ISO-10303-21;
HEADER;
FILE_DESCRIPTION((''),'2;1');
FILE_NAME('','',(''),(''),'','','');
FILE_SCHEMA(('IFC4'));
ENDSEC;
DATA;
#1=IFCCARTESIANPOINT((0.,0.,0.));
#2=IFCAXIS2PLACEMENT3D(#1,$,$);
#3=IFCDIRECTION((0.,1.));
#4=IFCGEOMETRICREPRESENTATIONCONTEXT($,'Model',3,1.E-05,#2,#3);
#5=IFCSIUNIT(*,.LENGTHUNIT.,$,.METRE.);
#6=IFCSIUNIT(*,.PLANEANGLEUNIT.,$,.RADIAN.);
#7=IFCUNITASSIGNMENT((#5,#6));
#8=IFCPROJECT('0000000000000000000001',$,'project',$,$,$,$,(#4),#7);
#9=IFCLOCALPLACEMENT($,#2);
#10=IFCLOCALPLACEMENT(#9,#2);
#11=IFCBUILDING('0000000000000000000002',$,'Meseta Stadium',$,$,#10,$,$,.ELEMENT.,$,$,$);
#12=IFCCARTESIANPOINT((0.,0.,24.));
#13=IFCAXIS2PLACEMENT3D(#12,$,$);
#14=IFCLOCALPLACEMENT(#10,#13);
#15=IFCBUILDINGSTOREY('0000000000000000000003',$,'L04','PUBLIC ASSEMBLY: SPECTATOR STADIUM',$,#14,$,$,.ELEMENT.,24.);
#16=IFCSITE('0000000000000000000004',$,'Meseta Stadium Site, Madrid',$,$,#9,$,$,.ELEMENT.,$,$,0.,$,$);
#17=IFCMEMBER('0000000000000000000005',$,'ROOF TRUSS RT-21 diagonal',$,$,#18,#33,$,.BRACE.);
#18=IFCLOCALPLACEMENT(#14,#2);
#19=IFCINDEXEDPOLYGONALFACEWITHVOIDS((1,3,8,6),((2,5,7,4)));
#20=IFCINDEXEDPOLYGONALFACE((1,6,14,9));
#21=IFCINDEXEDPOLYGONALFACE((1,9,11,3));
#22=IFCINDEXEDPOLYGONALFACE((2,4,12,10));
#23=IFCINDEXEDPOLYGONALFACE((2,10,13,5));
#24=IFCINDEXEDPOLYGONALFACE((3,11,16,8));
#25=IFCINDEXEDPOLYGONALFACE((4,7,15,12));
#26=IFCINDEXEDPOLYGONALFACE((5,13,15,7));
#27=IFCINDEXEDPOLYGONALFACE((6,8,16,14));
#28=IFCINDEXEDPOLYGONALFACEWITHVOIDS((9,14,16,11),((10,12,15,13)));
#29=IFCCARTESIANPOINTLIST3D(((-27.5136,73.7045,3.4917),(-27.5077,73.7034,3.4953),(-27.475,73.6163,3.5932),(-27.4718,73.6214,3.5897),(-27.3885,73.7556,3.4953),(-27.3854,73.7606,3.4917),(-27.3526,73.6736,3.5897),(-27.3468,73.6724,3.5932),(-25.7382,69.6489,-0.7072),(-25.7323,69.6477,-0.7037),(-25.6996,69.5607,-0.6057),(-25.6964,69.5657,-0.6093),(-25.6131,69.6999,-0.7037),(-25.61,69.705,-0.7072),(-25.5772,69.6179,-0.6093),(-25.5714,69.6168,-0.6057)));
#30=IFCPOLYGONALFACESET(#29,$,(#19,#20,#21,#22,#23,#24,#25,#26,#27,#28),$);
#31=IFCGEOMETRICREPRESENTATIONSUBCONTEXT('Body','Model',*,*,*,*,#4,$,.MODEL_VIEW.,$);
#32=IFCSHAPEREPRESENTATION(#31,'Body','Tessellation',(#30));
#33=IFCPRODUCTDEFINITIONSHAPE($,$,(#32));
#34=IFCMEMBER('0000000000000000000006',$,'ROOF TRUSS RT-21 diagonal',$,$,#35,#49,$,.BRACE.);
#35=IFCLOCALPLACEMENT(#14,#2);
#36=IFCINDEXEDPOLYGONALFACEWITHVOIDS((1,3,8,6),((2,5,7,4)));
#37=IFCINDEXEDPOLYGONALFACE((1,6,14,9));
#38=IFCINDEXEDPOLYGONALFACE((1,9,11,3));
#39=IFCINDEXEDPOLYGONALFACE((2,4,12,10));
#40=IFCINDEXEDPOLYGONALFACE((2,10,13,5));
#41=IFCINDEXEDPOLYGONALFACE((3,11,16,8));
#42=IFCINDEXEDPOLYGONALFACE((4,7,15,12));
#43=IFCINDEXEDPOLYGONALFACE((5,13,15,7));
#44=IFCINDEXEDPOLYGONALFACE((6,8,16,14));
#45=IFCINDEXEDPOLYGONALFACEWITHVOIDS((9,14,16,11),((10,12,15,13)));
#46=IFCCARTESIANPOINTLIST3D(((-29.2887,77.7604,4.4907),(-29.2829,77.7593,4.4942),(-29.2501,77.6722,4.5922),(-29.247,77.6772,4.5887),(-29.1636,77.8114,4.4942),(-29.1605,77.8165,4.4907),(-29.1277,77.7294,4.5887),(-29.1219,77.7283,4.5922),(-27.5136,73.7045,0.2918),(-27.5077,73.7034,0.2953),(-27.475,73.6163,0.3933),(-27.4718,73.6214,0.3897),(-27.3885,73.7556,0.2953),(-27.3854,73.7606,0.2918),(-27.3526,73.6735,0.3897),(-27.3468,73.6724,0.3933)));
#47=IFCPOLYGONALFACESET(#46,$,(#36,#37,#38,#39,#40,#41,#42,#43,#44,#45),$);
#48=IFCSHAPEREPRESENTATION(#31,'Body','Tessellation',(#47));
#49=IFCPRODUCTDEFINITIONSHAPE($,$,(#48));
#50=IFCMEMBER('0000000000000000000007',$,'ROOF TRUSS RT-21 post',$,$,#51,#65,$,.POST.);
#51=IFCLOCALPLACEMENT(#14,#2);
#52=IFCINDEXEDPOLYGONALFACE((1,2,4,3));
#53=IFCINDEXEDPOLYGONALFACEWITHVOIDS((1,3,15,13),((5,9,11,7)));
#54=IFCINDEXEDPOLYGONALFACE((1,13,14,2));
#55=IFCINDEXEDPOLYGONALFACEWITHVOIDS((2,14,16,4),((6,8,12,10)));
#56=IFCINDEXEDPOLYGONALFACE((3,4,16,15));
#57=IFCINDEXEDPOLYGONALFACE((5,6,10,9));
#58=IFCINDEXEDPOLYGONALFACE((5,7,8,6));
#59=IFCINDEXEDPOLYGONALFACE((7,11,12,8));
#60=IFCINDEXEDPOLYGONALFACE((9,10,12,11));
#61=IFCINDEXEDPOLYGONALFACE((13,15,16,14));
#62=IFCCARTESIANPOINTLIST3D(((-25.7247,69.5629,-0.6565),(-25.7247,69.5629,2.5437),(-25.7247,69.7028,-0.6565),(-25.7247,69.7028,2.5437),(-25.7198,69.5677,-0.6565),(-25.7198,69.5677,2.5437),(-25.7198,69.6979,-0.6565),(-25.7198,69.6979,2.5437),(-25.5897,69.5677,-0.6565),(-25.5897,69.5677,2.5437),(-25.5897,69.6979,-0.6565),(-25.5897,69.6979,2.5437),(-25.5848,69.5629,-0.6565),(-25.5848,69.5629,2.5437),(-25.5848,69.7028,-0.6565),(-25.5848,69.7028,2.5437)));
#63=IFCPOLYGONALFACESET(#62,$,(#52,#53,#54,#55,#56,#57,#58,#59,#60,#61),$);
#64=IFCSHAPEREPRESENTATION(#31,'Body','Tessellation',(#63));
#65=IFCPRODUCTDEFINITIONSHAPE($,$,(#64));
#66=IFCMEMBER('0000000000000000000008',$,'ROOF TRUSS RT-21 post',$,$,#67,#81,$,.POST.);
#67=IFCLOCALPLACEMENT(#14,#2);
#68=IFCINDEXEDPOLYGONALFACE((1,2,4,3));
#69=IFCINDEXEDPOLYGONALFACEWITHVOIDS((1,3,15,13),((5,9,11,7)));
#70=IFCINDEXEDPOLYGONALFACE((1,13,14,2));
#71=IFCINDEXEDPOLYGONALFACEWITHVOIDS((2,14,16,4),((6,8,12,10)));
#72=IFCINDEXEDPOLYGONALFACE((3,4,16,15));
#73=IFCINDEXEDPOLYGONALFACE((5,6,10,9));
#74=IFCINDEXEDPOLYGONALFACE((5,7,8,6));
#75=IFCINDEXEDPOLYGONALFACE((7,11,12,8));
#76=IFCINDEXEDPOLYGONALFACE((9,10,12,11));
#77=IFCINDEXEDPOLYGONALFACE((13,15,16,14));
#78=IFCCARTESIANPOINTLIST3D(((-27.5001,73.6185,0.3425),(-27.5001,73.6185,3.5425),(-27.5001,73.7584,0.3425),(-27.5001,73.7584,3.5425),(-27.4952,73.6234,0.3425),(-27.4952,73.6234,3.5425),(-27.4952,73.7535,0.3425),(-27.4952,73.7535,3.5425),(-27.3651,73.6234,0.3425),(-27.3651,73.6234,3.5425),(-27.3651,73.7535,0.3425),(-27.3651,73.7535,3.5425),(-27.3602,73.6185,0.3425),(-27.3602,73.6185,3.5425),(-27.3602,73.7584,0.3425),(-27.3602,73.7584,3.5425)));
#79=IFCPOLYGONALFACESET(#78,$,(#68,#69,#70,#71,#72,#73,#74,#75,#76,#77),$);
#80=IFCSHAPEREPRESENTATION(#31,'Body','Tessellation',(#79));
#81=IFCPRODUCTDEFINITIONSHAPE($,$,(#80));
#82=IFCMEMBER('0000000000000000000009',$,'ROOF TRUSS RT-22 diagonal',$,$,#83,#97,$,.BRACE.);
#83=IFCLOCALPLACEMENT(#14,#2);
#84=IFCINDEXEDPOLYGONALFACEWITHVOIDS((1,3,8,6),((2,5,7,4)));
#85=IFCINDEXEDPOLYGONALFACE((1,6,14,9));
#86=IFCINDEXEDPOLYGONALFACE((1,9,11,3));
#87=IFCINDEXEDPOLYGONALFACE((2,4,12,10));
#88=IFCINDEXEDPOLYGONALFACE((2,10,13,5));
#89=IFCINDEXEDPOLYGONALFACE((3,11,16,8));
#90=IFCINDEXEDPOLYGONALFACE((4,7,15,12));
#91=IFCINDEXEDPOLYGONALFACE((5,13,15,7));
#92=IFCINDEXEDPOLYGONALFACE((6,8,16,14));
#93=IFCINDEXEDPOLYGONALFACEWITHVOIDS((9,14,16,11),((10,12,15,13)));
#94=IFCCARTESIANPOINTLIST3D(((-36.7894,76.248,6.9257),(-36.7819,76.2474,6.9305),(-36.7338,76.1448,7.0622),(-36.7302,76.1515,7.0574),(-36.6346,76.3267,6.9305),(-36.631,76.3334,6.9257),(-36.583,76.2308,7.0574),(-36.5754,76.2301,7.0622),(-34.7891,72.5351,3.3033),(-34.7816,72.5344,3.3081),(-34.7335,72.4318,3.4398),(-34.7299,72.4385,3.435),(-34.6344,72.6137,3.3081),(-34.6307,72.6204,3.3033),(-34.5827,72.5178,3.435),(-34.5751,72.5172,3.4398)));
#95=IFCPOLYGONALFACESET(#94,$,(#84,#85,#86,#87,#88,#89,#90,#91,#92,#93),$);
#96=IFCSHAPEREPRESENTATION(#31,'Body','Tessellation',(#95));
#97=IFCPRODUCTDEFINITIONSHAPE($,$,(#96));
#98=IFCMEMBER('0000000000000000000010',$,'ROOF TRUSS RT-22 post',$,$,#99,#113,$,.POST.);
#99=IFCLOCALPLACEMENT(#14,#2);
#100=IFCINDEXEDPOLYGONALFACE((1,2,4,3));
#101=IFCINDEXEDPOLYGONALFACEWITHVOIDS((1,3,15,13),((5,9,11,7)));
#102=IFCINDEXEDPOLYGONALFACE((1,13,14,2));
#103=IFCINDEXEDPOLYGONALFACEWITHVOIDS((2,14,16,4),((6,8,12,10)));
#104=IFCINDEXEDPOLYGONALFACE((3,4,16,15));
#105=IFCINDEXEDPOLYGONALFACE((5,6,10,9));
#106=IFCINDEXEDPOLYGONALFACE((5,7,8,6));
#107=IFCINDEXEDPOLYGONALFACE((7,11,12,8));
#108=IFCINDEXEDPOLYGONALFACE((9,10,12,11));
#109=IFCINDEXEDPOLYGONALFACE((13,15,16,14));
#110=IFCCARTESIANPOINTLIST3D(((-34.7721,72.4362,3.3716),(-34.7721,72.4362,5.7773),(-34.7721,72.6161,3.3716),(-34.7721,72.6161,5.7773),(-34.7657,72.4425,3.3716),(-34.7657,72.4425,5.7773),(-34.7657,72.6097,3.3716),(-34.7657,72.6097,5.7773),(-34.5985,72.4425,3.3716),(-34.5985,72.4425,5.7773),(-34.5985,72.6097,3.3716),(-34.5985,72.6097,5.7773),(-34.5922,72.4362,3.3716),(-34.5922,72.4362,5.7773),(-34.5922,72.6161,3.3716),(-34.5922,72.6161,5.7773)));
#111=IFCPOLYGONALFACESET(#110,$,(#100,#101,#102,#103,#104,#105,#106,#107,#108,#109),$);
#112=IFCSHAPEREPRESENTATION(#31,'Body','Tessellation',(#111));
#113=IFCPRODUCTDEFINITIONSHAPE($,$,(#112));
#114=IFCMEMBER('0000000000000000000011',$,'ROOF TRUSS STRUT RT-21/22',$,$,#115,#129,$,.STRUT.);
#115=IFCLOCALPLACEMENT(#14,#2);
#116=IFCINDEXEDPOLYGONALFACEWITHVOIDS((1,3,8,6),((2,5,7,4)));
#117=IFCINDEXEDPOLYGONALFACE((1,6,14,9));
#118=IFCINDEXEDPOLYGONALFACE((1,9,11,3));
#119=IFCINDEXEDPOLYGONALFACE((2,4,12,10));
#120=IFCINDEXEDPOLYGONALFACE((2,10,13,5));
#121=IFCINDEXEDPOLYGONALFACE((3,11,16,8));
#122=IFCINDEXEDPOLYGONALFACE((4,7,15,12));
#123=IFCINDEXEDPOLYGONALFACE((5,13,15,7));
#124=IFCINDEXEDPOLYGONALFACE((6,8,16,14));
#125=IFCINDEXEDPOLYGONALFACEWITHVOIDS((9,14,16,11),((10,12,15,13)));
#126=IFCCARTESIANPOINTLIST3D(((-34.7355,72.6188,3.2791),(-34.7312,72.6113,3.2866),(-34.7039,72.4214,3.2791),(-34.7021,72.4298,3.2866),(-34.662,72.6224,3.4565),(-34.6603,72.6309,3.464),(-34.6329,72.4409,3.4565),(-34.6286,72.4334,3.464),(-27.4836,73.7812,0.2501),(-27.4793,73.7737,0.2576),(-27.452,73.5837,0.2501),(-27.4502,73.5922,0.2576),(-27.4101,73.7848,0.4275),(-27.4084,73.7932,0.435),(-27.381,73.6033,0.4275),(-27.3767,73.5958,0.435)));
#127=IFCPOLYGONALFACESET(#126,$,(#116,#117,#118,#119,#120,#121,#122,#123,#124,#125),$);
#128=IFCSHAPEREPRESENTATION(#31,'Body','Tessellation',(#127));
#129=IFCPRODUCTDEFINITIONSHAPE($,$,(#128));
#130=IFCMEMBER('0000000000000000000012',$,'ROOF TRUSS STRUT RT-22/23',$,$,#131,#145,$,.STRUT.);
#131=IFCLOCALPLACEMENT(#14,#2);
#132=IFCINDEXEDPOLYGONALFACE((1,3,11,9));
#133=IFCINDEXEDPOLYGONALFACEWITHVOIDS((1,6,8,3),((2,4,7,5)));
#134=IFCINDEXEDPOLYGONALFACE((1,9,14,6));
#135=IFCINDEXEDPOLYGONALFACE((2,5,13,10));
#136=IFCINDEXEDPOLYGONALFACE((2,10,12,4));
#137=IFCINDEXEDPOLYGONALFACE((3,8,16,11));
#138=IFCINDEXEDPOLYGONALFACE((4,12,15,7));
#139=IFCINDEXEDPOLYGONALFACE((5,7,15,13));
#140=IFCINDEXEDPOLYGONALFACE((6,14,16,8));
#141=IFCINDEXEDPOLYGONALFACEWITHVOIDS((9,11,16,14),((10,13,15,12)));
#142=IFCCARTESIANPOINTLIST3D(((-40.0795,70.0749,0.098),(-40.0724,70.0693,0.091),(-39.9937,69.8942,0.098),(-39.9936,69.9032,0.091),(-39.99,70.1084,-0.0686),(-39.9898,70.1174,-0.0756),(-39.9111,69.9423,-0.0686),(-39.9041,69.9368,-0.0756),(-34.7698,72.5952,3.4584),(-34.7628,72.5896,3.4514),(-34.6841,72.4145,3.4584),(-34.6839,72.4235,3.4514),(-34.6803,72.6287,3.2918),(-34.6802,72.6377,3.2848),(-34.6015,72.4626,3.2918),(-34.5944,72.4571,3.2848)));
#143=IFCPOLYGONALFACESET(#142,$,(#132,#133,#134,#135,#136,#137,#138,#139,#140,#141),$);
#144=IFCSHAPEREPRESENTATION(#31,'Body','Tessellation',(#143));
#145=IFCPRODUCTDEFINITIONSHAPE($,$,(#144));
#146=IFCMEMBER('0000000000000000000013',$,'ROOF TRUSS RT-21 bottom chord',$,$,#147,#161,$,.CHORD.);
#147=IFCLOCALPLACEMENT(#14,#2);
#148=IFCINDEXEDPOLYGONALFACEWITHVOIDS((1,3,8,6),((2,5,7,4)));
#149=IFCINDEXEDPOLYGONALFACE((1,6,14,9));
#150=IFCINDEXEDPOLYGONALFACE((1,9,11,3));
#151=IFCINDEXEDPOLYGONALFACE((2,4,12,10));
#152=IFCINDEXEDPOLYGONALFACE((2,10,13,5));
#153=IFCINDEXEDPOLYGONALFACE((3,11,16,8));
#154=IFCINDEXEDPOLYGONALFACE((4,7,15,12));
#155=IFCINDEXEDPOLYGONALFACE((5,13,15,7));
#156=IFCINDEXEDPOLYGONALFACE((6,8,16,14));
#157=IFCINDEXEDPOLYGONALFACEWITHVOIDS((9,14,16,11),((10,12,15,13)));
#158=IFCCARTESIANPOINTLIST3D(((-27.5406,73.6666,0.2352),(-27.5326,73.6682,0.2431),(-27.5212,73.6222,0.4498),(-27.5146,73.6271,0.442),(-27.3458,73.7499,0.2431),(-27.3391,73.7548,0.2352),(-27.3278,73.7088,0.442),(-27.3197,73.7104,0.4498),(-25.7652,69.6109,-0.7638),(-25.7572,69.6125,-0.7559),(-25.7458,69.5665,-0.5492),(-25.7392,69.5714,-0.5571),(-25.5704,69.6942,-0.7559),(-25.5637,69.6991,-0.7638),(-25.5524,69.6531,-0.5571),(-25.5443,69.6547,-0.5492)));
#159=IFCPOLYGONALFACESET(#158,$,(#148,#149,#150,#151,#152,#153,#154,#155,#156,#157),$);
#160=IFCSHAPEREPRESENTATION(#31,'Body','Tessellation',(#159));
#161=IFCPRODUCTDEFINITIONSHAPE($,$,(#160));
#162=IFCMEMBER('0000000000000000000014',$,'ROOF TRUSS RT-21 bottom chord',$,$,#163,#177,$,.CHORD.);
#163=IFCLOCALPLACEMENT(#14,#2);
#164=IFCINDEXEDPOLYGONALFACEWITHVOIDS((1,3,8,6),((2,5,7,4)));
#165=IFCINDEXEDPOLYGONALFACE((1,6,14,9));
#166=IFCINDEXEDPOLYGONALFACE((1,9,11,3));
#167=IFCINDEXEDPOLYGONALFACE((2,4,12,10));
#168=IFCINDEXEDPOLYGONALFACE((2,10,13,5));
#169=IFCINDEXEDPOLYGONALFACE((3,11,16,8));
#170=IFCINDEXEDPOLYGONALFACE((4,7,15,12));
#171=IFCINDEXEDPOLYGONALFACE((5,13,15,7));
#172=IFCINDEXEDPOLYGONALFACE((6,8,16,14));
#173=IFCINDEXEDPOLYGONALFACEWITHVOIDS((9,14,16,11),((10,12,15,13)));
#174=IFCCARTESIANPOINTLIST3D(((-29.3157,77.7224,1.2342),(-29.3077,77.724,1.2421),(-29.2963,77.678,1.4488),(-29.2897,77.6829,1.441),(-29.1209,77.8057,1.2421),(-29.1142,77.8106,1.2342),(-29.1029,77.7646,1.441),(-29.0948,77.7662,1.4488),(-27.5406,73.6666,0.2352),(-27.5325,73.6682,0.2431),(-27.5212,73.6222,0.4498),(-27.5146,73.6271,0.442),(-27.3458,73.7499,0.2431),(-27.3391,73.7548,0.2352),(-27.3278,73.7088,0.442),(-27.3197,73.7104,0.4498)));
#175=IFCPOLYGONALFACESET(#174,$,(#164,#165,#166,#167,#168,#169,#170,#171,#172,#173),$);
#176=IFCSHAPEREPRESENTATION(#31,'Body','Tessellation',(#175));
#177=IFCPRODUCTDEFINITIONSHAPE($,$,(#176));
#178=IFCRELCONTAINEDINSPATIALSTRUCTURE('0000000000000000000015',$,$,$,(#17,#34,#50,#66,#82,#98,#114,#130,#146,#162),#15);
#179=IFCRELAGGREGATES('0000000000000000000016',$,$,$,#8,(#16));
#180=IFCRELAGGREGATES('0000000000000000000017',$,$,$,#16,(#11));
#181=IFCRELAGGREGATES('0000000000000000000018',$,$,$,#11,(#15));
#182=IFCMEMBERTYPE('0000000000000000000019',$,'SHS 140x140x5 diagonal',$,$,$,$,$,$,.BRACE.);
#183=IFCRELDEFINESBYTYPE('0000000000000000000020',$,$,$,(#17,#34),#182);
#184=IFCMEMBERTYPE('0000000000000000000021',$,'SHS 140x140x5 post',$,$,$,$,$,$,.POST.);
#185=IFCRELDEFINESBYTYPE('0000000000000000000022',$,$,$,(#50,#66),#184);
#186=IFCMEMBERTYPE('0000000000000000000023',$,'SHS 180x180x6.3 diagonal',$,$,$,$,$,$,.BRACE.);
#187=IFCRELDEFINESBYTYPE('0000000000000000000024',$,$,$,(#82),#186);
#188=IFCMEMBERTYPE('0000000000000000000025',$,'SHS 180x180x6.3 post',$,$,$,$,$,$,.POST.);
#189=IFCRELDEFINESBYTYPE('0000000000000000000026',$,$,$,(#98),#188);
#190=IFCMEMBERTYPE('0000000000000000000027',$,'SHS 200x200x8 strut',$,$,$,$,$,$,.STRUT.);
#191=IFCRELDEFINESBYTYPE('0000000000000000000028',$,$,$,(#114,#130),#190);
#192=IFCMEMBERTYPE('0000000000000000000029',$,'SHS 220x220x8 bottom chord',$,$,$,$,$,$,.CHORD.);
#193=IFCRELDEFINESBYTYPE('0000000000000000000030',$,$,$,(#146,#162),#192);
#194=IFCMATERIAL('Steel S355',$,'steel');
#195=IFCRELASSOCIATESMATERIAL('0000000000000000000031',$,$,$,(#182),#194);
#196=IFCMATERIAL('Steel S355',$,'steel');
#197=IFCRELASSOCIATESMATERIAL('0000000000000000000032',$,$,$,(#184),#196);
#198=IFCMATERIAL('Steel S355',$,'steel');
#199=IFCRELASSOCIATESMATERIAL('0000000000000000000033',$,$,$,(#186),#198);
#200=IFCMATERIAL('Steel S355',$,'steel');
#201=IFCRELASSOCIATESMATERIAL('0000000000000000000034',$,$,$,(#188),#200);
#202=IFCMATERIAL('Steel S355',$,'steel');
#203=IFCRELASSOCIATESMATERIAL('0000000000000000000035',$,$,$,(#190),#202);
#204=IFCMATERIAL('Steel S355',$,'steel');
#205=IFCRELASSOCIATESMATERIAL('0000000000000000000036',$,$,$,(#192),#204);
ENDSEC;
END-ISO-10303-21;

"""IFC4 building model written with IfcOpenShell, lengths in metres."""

from ifc_helpers import new_model, si_unit, direction, frame, origin, origin_2d, place, context, subcontext, project, spatial, hollow_rectangle, extrude, material, material_profile, profile_set, type_object, element, save


model = new_model("IFC4")

# Units and contexts
model_context = context("Model", 3, precision=1e-05, world=origin(), true_north=direction((0.0, 1.0)))
body_context = subcontext(model_context, "Body", "Model", "MODEL_VIEW")
ifc_project = project(units=[si_unit("LENGTHUNIT", "METRE"), si_unit("PLANEANGLEUNIT", "RADIAN")], contexts=[model_context])

# Site, building, storey
site_placement = place(None, origin())
site = spatial("IfcSite", under=ifc_project, at=site_placement, Name="Meseta Stadium Site, Madrid", CompositionType="ELEMENT", RefElevation=0.0)
building_placement = place(site_placement, origin())
building = spatial("IfcBuilding", under=site, at=building_placement, Name="Meseta Stadium", CompositionType="ELEMENT")
storey_placement = place(building_placement, frame((0.0, 0.0, 24.0)))
storey = spatial("IfcBuildingStorey", under=building, at=storey_placement, Name="L04", Description="PUBLIC ASSEMBLY: SPECTATOR STADIUM", CompositionType="ELEMENT", Elevation=24.0)

# Members
ifc_material_1 = material(Name="Steel S355", Category="steel")
ifc_material_profile_1 = material_profile(ifc_material_1, hollow_rectangle(XDim=0.1399, YDim=0.1399, WallThickness=0.0049, at=origin_2d()), Name="SHS 140x140x5")
ifc_profile_set_1 = profile_set([ifc_material_profile_1], Name="Steel S355")
member_type_1 = type_object("IfcMemberType", Name="SHS 140x140x5 diagonal", PredefinedType="BRACE", material=ifc_profile_set_1)
for number, where, z_axis, x_axis, name in (
    (1, (-25.6548, 69.6328, -0.6565), (-0.290962, 0.664668, 0.688155), (-0.916071, -0.401016, 0.0), "ROOF TRUSS RT-21 diagonal"),
    (2, (-27.4302, 73.6885, 0.3425), (-0.290918, 0.664698, 0.688145), (-0.9161, -0.400949, 0.0), "ROOF TRUSS RT-21 diagonal"),
):
    element("IfcMember", number, at=place(storey_placement, frame(where, z_axis=z_axis, x_axis=x_axis)), inside=storey, type_object=member_type_1, Name=name, PredefinedType="BRACE", context=body_context, shape_type="SweptSolid", body=[
        extrude(hollow_rectangle(XDim=0.1399, YDim=0.1399, WallThickness=0.0049, at=origin_2d()), origin(), (0.0, 0.0, 1.0), 6.1018),
    ])
ifc_material_2 = material(Name="Steel S355", Category="steel")
ifc_material_profile_2 = material_profile(ifc_material_2, hollow_rectangle(XDim=0.1399, YDim=0.1399, WallThickness=0.0049, at=origin_2d()), Name="SHS 140x140x5")
ifc_profile_set_2 = profile_set([ifc_material_profile_2], Name="Steel S355")
member_type_2 = type_object("IfcMemberType", Name="SHS 140x140x5 post", PredefinedType="POST", material=ifc_profile_set_2)
member_1_placement = place(storey_placement, frame((-25.6548, 69.6328, -0.6565), z_axis=(0.0, 0.0, 1.0), x_axis=(1.0, 0.0, 0.0)))
element("IfcMember", 3, at=member_1_placement, inside=storey, type_object=member_type_2, Name="ROOF TRUSS RT-21 post", PredefinedType="POST", context=body_context, shape_type="SweptSolid", body=[
    extrude(hollow_rectangle(XDim=0.1399, YDim=0.1399, WallThickness=0.0049, at=origin_2d()), origin(), (0.0, 0.0, 1.0), 3.2002),
])
member_2_placement = place(storey_placement, frame((-27.4302, 73.6885, 0.3425), z_axis=(0.0, 0.0, 1.0), x_axis=(1.0, 0.0, 0.0)))
element("IfcMember", 4, at=member_2_placement, inside=storey, type_object=member_type_2, Name="ROOF TRUSS RT-21 post", PredefinedType="POST", context=body_context, shape_type="SweptSolid", body=[
    extrude(hollow_rectangle(XDim=0.1399, YDim=0.1399, WallThickness=0.0049, at=origin_2d()), origin(), (0.0, 0.0, 1.0), 3.2),
])
ifc_material_3 = material(Name="Steel S355", Category="steel")
ifc_material_profile_3 = material_profile(ifc_material_3, hollow_rectangle(XDim=0.1799, YDim=0.1799, WallThickness=0.0063, at=origin_2d()), Name="SHS 180x180x6.3")
ifc_profile_set_3 = profile_set([ifc_material_profile_3], Name="Steel S355")
member_type_3 = type_object("IfcMemberType", Name="SHS 180x180x6.3 diagonal", PredefinedType="BRACE", material=ifc_profile_set_3)
member_3_placement = place(storey_placement, frame((-34.6821, 72.5261, 3.3716), z_axis=(-0.359791, 0.66785, 0.651558), x_axis=(-0.880373, -0.474283, 0.0)))
element("IfcMember", 5, at=member_3_placement, inside=storey, type_object=member_type_3, Name="ROOF TRUSS RT-22 diagonal", PredefinedType="BRACE", context=body_context, shape_type="SweptSolid", body=[
    extrude(hollow_rectangle(XDim=0.1799, YDim=0.1799, WallThickness=0.0063, at=origin_2d()), origin(), (0.0, 0.0, 1.0), 5.5596),
])
ifc_material_4 = material(Name="Steel S355", Category="steel")
ifc_material_profile_4 = material_profile(ifc_material_4, hollow_rectangle(XDim=0.1799, YDim=0.1799, WallThickness=0.0063, at=origin_2d()), Name="SHS 180x180x6.3")
ifc_profile_set_4 = profile_set([ifc_material_profile_4], Name="Steel S355")
member_type_4 = type_object("IfcMemberType", Name="SHS 180x180x6.3 post", PredefinedType="POST", material=ifc_profile_set_4)
member_4_placement = place(storey_placement, frame((-34.6821, 72.5261, 3.3716), z_axis=(0.0, 0.0, 1.0), x_axis=(1.0, 0.0, 0.0)))
element("IfcMember", 6, at=member_4_placement, inside=storey, type_object=member_type_4, Name="ROOF TRUSS RT-22 post", PredefinedType="POST", context=body_context, shape_type="SweptSolid", body=[
    extrude(hollow_rectangle(XDim=0.1799, YDim=0.1799, WallThickness=0.0063, at=origin_2d()), origin(), (0.0, 0.0, 1.0), 2.4058),
])
ifc_material_5 = material(Name="Steel S355", Category="steel")
ifc_material_profile_5 = material_profile(ifc_material_5, hollow_rectangle(XDim=0.2, YDim=0.2, WallThickness=0.0081, at=origin_2d()), Name="SHS 200x200x8")
ifc_profile_set_5 = profile_set([ifc_material_profile_5], Name="Steel S355")
member_type_5 = type_object("IfcMemberType", Name="SHS 200x200x8 strut", PredefinedType="STRUT", material=ifc_profile_set_5)
member_5_placement = place(storey_placement, frame((-27.4302, 73.6885, 0.3425), z_axis=(-0.912813, -0.146307, 0.381271), x_axis=(0.158261, -0.987397, 0.0)))
element("IfcMember", 7, at=member_5_placement, inside=storey, type_object=member_type_5, Name="ROOF TRUSS STRUT RT-21/22", PredefinedType="STRUT", context=body_context, shape_type="SweptSolid", body=[
    extrude(hollow_rectangle(XDim=0.2, YDim=0.2, WallThickness=0.0081, at=origin_2d()), origin(), (0.0, 0.0, 1.0), 7.9446),
])
member_6_placement = place(storey_placement, frame((-34.6821, 72.5261, 3.3716), z_axis=(-0.784259, -0.37226, -0.496347), x_axis=(0.428809, -0.903395, 0.0)))
element("IfcMember", 8, at=member_6_placement, inside=storey, type_object=member_type_5, Name="ROOF TRUSS STRUT RT-22/23", PredefinedType="STRUT", context=body_context, shape_type="SweptSolid", body=[
    extrude(hollow_rectangle(XDim=0.2, YDim=0.2, WallThickness=0.0081, at=origin_2d()), origin(), (0.0, 0.0, 1.0), 6.7703),
])
ifc_material_6 = material(Name="Steel S355", Category="steel")
ifc_material_profile_6 = material_profile(ifc_material_6, hollow_rectangle(XDim=0.22, YDim=0.22, WallThickness=0.0081, at=origin_2d()), Name="SHS 220x220x8")
ifc_profile_set_6 = profile_set([ifc_material_profile_6], Name="Steel S355")
member_type_6 = type_object("IfcMemberType", Name="SHS 220x220x8 bottom chord", PredefinedType="CHORD", material=ifc_profile_set_6)
for number, where, z_axis, x_axis, name in (
    (9, (-25.6548, 69.6328, -0.6565), (-0.39118, 0.893603, 0.220119), (-0.916071, -0.401016, 0.0), "ROOF TRUSS RT-21 bottom chord"),
    (10, (-27.4302, 73.6885, 0.3425), (-0.391115, 0.893632, 0.220113), (-0.9161, -0.400949, 0.0), "ROOF TRUSS RT-21 bottom chord"),
):
    element("IfcMember", number, at=place(storey_placement, frame(where, z_axis=z_axis, x_axis=x_axis)), inside=storey, type_object=member_type_6, Name=name, PredefinedType="CHORD", context=body_context, shape_type="SweptSolid", body=[
        extrude(hollow_rectangle(XDim=0.22, YDim=0.22, WallThickness=0.0081, at=origin_2d()), origin(), (0.0, 0.0, 1.0), 4.5386),
    ])

save(model, "model.ifc")
